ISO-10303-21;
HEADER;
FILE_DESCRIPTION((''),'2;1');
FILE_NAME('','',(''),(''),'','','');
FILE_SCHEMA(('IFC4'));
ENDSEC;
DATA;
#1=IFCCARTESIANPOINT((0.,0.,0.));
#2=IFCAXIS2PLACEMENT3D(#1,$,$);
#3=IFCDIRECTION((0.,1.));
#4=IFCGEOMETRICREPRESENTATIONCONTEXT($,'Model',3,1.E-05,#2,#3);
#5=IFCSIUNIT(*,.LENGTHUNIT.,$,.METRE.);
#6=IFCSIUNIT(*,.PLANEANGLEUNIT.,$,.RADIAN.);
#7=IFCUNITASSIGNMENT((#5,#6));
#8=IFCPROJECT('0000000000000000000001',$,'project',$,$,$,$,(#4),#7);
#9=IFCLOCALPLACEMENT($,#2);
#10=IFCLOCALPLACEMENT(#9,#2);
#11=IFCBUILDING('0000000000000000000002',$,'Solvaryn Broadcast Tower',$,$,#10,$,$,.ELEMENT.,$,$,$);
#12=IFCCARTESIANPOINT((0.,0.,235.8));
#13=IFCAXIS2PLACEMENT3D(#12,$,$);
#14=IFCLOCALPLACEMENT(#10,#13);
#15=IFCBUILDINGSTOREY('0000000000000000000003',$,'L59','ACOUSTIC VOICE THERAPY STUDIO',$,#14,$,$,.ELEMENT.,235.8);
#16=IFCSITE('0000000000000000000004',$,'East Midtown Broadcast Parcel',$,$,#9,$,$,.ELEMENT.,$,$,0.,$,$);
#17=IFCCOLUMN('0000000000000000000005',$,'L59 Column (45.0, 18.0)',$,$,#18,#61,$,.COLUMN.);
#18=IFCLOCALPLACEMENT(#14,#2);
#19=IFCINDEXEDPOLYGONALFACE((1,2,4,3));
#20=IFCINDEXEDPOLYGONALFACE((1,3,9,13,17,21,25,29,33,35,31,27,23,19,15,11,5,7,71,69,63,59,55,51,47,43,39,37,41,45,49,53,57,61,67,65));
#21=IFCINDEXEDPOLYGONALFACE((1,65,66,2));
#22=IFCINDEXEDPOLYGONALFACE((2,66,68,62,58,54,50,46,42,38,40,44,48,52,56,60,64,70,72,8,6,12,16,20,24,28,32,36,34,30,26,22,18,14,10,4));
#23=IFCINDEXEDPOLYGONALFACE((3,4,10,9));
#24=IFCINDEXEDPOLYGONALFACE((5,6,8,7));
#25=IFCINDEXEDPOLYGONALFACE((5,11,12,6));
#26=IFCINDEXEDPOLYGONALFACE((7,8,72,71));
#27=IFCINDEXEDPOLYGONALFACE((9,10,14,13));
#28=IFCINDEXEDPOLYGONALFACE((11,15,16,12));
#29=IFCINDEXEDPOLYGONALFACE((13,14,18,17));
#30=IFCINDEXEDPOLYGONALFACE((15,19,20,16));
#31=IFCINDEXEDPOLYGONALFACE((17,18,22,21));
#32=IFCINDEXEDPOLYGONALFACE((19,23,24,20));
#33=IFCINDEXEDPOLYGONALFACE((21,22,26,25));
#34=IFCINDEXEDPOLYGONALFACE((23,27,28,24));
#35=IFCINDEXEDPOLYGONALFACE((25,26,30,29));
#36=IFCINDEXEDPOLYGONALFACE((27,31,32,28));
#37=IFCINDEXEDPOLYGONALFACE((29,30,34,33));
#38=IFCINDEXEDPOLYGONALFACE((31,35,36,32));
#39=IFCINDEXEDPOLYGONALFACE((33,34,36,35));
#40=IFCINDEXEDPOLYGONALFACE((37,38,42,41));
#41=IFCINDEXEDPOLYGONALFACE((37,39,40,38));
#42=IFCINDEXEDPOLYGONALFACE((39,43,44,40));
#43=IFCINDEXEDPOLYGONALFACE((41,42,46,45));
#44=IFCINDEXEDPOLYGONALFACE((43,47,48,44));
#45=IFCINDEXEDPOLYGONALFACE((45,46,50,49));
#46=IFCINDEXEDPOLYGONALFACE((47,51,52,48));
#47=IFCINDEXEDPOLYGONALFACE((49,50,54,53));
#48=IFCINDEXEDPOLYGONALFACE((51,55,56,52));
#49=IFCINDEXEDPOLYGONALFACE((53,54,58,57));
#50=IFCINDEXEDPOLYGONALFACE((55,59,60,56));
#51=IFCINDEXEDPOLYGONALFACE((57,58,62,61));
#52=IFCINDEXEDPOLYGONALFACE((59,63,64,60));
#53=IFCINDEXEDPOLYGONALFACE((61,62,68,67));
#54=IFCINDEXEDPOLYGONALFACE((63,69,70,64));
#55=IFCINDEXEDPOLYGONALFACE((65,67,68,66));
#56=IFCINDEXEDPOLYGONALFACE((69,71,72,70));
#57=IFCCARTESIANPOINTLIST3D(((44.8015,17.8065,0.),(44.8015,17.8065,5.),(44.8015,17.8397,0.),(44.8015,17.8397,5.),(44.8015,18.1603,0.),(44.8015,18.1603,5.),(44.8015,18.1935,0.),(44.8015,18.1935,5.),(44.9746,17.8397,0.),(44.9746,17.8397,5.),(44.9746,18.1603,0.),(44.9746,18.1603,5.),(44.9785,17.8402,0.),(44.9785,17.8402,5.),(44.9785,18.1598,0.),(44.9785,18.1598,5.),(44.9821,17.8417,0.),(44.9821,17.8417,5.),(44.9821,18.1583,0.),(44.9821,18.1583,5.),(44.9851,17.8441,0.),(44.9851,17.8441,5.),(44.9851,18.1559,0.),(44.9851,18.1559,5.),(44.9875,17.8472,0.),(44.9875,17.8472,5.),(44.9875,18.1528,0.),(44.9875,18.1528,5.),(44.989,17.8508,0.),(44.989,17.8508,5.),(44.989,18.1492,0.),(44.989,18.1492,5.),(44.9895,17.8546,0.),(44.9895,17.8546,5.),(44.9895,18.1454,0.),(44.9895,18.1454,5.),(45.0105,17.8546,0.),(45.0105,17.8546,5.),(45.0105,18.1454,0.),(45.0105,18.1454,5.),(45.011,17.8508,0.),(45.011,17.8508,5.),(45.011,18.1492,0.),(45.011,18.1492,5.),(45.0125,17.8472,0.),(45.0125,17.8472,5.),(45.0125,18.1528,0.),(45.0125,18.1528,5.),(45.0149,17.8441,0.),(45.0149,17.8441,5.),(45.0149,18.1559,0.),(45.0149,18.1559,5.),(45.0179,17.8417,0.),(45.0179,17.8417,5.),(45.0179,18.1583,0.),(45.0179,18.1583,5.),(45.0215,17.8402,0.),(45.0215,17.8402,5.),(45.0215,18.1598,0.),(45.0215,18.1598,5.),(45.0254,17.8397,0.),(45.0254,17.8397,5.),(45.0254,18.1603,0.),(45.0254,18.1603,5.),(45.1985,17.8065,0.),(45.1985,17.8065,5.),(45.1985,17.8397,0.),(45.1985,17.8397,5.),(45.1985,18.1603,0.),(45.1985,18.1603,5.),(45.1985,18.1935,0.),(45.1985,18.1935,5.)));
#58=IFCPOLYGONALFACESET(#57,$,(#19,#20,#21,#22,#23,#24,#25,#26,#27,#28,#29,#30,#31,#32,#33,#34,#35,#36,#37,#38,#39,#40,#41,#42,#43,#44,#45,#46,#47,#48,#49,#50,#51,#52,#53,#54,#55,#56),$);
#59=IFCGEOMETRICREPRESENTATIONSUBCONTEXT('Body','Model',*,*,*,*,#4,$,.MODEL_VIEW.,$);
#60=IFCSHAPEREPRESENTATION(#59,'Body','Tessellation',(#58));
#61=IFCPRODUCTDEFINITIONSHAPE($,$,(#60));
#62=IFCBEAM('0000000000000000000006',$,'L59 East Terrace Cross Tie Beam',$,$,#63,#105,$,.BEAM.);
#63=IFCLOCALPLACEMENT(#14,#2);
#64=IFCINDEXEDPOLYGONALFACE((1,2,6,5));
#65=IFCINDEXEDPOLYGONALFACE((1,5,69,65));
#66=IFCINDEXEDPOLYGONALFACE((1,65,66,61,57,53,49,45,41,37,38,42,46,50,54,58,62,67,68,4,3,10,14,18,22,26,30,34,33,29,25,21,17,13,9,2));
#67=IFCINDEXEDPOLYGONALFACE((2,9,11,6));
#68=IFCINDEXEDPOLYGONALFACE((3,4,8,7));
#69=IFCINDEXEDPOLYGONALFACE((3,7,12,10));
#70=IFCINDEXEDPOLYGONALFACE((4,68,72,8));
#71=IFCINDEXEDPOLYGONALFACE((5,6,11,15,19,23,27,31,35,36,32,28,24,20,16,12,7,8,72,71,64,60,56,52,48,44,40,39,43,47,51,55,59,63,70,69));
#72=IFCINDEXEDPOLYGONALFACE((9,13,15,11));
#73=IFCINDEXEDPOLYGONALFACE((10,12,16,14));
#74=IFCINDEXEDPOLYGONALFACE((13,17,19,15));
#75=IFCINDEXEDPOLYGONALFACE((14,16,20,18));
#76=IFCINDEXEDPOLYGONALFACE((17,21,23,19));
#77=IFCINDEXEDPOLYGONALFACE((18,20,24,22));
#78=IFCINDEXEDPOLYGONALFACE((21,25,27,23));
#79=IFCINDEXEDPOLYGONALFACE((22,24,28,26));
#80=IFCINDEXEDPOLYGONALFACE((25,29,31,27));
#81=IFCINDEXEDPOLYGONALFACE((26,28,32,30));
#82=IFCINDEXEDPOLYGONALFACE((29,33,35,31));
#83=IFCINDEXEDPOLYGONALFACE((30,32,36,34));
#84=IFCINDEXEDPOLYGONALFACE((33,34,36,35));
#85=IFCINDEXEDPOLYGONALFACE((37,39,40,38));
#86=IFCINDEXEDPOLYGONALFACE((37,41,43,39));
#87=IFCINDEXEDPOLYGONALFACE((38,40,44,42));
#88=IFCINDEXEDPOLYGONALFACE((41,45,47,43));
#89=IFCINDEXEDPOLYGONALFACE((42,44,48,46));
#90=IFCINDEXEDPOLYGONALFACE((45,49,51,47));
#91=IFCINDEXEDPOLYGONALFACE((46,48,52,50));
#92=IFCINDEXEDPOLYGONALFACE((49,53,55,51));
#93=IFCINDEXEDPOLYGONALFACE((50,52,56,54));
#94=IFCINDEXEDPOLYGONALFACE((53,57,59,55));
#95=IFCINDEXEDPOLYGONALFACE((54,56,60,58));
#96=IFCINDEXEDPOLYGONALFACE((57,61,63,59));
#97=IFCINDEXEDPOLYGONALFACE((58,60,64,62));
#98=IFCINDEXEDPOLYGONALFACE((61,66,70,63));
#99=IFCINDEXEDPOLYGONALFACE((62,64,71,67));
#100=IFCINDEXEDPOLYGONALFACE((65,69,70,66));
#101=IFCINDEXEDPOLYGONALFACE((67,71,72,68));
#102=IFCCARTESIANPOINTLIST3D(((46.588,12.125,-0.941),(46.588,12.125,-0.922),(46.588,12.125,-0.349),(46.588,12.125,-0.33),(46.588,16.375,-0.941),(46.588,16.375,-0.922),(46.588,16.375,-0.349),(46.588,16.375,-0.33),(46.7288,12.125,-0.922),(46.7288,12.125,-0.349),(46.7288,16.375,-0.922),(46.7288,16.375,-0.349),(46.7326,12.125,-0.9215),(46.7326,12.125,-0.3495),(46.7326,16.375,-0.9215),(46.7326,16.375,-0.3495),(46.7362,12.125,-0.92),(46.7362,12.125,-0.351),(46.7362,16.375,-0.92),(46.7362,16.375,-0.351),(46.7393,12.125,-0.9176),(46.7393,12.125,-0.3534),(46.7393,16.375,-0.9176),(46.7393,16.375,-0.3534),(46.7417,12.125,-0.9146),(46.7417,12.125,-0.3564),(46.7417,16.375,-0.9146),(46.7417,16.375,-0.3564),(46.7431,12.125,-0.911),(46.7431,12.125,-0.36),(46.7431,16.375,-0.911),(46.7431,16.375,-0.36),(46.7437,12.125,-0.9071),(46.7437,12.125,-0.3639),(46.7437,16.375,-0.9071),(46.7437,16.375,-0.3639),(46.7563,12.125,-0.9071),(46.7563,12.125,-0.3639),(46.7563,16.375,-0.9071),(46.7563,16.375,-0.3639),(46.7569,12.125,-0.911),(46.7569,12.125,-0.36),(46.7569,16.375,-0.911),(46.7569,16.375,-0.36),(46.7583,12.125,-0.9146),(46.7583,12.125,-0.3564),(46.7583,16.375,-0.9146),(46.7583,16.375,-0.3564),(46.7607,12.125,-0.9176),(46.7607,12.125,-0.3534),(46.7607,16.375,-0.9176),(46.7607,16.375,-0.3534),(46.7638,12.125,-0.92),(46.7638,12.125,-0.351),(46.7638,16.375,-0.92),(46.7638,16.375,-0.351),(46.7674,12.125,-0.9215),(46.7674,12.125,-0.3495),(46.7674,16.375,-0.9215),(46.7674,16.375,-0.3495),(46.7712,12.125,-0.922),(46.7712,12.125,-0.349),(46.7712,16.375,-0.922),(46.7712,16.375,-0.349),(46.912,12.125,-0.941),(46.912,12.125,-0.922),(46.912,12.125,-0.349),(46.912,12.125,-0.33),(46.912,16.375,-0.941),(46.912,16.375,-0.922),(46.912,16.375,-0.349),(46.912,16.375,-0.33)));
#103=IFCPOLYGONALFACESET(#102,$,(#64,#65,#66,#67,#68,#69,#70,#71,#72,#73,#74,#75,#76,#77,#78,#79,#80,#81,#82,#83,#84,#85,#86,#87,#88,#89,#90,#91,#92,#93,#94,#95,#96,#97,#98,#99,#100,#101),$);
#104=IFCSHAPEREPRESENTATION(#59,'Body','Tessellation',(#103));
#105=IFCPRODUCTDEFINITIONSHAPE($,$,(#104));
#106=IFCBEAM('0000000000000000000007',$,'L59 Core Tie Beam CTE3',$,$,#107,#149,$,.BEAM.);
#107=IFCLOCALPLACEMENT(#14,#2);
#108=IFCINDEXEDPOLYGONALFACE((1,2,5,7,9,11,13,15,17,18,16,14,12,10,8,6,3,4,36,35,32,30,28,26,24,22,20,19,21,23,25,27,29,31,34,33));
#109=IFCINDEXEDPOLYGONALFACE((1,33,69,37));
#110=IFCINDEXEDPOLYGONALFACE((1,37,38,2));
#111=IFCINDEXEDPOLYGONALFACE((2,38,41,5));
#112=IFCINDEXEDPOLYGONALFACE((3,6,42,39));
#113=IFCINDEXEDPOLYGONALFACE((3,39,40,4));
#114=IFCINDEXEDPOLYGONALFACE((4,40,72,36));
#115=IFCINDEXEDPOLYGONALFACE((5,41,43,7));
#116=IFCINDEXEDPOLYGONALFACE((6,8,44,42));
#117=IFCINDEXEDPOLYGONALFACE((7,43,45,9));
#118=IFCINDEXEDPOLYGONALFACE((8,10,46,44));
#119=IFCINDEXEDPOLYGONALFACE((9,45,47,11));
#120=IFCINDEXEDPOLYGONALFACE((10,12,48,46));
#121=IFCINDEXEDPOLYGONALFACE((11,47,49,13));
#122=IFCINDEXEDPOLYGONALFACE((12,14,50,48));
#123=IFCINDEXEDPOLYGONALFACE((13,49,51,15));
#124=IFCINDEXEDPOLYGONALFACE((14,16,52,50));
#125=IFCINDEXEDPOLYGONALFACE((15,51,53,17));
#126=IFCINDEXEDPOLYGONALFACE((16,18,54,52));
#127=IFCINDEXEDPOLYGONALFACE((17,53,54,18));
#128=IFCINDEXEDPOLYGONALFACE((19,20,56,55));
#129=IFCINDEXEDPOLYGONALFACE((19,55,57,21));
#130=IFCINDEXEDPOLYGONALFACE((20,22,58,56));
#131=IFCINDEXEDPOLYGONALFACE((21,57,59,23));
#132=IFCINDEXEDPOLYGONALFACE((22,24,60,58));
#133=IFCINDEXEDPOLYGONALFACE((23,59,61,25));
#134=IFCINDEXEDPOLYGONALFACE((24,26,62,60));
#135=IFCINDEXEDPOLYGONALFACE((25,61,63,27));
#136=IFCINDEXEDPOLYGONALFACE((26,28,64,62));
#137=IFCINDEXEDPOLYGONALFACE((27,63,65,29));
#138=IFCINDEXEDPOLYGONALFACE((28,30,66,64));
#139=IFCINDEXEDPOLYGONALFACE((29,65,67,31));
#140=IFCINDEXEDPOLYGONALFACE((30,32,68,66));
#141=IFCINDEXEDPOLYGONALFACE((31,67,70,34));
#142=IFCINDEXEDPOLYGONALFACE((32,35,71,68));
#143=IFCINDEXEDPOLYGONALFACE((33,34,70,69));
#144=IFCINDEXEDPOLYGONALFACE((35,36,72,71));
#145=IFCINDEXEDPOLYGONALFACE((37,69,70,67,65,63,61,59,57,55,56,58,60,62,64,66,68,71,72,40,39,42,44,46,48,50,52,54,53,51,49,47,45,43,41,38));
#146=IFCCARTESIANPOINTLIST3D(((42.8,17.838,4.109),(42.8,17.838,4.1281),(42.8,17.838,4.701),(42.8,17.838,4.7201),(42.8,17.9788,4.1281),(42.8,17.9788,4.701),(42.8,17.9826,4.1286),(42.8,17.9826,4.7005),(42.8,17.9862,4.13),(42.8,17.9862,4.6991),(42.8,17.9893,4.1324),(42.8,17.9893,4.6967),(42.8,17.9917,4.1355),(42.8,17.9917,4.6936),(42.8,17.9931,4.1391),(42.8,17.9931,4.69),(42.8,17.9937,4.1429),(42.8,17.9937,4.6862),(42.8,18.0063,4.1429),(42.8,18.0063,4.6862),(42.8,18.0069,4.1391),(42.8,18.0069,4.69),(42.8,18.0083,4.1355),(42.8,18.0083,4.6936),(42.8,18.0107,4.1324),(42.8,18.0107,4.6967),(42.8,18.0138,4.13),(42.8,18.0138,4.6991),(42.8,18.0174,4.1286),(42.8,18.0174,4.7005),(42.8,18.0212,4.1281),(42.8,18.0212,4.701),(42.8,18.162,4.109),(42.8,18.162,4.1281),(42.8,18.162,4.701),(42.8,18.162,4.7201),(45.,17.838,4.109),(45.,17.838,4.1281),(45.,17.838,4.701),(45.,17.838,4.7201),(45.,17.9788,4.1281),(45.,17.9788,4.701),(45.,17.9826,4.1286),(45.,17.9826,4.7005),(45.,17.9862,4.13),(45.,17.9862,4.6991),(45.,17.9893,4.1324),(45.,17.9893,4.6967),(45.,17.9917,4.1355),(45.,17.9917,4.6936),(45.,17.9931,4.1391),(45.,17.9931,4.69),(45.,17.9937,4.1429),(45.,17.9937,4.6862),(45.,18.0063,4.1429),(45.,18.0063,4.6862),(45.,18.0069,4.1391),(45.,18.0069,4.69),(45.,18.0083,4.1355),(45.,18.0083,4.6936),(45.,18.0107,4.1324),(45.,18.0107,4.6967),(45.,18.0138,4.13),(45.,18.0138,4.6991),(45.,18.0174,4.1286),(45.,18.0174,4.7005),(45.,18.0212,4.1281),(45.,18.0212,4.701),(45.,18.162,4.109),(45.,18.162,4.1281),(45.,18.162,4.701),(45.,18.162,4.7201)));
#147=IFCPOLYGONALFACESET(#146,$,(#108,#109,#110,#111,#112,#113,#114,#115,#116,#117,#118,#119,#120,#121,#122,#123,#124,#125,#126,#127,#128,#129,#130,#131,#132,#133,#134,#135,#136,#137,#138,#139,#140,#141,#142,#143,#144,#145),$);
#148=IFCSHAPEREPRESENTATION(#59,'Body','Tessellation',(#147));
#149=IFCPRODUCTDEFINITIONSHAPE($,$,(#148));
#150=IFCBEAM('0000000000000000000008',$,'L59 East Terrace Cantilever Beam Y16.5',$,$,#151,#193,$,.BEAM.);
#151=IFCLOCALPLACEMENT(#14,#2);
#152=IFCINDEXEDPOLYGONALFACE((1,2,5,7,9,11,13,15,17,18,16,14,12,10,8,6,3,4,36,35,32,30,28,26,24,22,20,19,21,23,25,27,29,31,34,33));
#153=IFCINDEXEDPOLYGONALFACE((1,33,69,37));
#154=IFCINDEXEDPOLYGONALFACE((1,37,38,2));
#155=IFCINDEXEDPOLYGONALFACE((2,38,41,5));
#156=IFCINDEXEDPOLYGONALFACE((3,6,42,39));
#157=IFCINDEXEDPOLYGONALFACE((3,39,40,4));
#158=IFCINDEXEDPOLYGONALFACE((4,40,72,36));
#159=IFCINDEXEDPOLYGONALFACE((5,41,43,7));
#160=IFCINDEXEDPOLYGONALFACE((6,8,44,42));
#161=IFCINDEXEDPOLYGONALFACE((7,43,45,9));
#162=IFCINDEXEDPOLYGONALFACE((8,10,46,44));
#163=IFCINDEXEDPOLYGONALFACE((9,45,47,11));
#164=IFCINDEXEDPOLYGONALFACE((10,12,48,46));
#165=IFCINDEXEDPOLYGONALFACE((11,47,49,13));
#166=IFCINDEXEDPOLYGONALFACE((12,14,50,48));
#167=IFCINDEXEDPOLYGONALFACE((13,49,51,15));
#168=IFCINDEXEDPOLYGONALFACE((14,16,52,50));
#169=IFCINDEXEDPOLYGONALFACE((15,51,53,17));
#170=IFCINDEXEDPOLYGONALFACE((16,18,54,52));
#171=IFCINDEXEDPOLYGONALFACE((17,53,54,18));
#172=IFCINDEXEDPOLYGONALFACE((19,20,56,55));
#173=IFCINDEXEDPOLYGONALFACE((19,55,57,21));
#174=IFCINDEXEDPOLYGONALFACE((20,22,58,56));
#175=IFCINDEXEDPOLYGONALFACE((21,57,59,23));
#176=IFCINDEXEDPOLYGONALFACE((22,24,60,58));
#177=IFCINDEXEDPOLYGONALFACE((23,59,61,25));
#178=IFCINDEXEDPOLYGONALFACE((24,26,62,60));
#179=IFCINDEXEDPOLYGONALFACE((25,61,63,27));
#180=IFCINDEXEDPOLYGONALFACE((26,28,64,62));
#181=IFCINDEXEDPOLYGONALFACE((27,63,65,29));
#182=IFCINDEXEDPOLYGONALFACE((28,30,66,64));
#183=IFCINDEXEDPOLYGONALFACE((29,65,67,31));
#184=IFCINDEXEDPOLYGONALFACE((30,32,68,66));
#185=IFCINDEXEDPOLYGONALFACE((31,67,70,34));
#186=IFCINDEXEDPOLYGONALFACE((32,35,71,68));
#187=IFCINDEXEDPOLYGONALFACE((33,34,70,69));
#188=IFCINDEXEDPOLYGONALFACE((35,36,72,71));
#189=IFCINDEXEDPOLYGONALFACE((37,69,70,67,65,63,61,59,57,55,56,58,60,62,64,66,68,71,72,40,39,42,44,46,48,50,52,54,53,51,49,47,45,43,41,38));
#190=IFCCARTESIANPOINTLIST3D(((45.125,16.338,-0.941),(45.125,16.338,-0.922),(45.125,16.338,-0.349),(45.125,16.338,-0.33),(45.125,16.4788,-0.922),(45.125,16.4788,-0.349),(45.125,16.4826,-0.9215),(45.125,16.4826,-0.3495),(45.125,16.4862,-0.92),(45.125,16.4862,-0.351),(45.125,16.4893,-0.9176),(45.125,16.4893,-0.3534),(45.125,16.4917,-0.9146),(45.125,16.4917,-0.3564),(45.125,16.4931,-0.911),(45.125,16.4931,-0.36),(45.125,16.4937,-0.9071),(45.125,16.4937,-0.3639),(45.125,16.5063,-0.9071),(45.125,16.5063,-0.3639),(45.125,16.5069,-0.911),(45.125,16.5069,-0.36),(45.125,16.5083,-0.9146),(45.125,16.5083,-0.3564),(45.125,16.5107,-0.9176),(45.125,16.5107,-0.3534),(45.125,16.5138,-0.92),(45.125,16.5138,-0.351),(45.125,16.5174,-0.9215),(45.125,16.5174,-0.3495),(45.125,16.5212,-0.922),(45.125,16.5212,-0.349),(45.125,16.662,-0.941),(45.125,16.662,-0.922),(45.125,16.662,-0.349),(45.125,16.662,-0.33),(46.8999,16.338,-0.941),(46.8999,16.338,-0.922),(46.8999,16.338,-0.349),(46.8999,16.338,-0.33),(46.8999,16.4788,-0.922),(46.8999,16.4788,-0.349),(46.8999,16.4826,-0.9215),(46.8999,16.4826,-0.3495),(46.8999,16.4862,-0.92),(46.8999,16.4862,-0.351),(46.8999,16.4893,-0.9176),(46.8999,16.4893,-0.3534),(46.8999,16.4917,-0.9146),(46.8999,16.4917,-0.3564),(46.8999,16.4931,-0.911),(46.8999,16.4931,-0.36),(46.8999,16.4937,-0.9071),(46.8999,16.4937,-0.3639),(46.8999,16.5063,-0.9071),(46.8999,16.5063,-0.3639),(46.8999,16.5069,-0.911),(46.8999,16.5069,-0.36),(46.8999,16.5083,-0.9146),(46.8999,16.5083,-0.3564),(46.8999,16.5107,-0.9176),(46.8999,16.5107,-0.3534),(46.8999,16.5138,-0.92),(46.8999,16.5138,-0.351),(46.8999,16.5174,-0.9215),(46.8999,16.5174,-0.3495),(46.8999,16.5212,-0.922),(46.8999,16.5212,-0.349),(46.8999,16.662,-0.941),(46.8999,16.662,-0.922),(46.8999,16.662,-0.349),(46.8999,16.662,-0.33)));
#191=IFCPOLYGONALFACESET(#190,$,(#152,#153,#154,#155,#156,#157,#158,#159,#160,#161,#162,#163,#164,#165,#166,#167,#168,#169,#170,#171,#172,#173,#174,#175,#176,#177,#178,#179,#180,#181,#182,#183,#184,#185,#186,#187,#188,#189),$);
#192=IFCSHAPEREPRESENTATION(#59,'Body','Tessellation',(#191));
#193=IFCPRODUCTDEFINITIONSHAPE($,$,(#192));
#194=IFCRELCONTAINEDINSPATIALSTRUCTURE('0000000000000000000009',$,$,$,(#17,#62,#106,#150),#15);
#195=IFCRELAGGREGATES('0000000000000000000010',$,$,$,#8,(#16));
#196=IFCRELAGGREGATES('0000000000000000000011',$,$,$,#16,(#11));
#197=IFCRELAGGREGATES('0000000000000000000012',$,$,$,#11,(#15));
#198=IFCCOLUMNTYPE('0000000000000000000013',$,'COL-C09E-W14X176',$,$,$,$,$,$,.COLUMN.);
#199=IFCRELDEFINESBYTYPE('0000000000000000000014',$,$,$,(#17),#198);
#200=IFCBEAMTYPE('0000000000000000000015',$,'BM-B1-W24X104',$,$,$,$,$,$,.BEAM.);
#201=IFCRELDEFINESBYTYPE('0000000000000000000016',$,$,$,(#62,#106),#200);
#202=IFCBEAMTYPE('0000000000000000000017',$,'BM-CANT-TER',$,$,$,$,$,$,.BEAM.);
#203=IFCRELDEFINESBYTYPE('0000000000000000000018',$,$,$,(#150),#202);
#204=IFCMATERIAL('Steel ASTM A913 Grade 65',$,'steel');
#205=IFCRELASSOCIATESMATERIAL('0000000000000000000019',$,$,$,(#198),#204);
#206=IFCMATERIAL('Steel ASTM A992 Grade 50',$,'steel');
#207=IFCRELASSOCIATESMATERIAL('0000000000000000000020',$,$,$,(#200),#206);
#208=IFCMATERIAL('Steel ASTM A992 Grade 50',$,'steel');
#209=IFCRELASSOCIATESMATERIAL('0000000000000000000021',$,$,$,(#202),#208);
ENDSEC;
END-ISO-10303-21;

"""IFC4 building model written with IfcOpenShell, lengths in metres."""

from ifc_helpers import new_model, si_unit, direction, frame, origin, origin_2d, place, context, subcontext, project, spatial, i_section, extrude, material, material_profile, profile_set, type_object, element, save


model = new_model("IFC4")

# Units and contexts
model_context = context("Model", 3, precision=1e-05, world=origin(), true_north=direction((0.0, 1.0)))
body_context = subcontext(model_context, "Body", "Model", "MODEL_VIEW")
ifc_project = project(units=[si_unit("LENGTHUNIT", "METRE"), si_unit("PLANEANGLEUNIT", "RADIAN")], contexts=[model_context])

# Site, building, storey
site_placement = place(None, origin())
site = spatial("IfcSite", under=ifc_project, at=site_placement, Name="East Midtown Broadcast Parcel", CompositionType="ELEMENT", RefElevation=0.0)
building_placement = place(site_placement, origin())
building = spatial("IfcBuilding", under=site, at=building_placement, Name="Solvaryn Broadcast Tower", CompositionType="ELEMENT")
storey_placement = place(building_placement, frame((0.0, 0.0, 235.8)))
storey = spatial("IfcBuildingStorey", under=building, at=storey_placement, Name="L59", Description="ACOUSTIC VOICE THERAPY STUDIO", CompositionType="ELEMENT", Elevation=235.8)

# Column
ifc_material_1 = material(Name="Steel ASTM A913 Grade 65", Category="steel")
ifc_material_profile_1 = material_profile(ifc_material_1, i_section(OverallWidth=0.397, OverallDepth=0.387, WebThickness=0.021, FlangeThickness=0.0332, FilletRadius=0.0149, at=origin_2d()))
ifc_profile_set_1 = profile_set([ifc_material_profile_1], Name="Steel ASTM A913 Grade 65")
column_type = type_object("IfcColumnType", Name="COL-C09E-W14X176", PredefinedType="COLUMN", material=ifc_profile_set_1)
column_placement = place(storey_placement, frame((45.0, 18.0, 0.0), z_axis=(0.0, 0.0, 1.0), x_axis=(1.0, 0.0, 0.0)))
element("IfcColumn", 1, at=column_placement, inside=storey, type_object=column_type, Name="L59 Column (45.0, 18.0)", PredefinedType="COLUMN", context=body_context, shape_type="SweptSolid", body=[
    extrude(i_section(OverallWidth=0.397, OverallDepth=0.387, WebThickness=0.021, FlangeThickness=0.0332, FilletRadius=0.0149, at=origin_2d()), origin(), (0.0, 0.0, 1.0), 5.0),
])

# Beams
ifc_material_2 = material(Name="Steel ASTM A992 Grade 50", Category="steel")
ifc_material_profile_2 = material_profile(ifc_material_2, i_section(OverallWidth=0.324, OverallDepth=0.6111, WebThickness=0.0127, FlangeThickness=0.019, FilletRadius=0.0149, at=origin_2d()))
ifc_profile_set_2 = profile_set([ifc_material_profile_2], Name="Steel ASTM A992 Grade 50")
beam_type_1 = type_object("IfcBeamType", Name="BM-B1-W24X104", PredefinedType="BEAM", material=ifc_profile_set_2)
beam_1_placement = place(storey_placement, frame((46.75, 12.125, -0.6355), z_axis=(0.0, 1.0, 0.0), x_axis=(-1.0, 0.0, 0.0)))
element("IfcBeam", 2, at=beam_1_placement, inside=storey, type_object=beam_type_1, Name="L59 East Terrace Cross Tie Beam", PredefinedType="BEAM", context=body_context, shape_type="SweptSolid", body=[
    extrude(i_section(OverallWidth=0.324, OverallDepth=0.6111, WebThickness=0.0127, FlangeThickness=0.019, FilletRadius=0.0149, at=origin_2d()), origin(), (0.0, 0.0, 1.0), 4.25),
])
beam_2_placement = place(storey_placement, frame((42.8, 18.0, 4.4146), z_axis=(1.0, 0.0, 0.0), x_axis=(0.0, 1.0, 0.0)))
element("IfcBeam", 3, at=beam_2_placement, inside=storey, type_object=beam_type_1, Name="L59 Core Tie Beam CTE3", PredefinedType="BEAM", context=body_context, shape_type="SweptSolid", body=[
    extrude(i_section(OverallWidth=0.324, OverallDepth=0.6111, WebThickness=0.0127, FlangeThickness=0.019, FilletRadius=0.0149, at=origin_2d()), origin(), (0.0, 0.0, 1.0), 2.2),
])
ifc_material_3 = material(Name="Steel ASTM A992 Grade 50", Category="steel")
ifc_material_profile_3 = material_profile(ifc_material_3, i_section(OverallWidth=0.324, OverallDepth=0.6111, WebThickness=0.0127, FlangeThickness=0.019, FilletRadius=0.0149, at=origin_2d()))
ifc_profile_set_3 = profile_set([ifc_material_profile_3], Name="Steel ASTM A992 Grade 50")
beam_type_2 = type_object("IfcBeamType", Name="BM-CANT-TER", PredefinedType="BEAM", material=ifc_profile_set_3)
beam_3_placement = place(storey_placement, frame((45.125, 16.5, -0.6355), z_axis=(1.0, 0.0, 0.0), x_axis=(0.0, 1.0, 0.0)))
element("IfcBeam", 4, at=beam_3_placement, inside=storey, type_object=beam_type_2, Name="L59 East Terrace Cantilever Beam Y16.5", PredefinedType="BEAM", context=body_context, shape_type="SweptSolid", body=[
    extrude(i_section(OverallWidth=0.324, OverallDepth=0.6111, WebThickness=0.0127, FlangeThickness=0.019, FilletRadius=0.0149, at=origin_2d()), origin(), (0.0, 0.0, 1.0), 1.7749),
])

save(model, "model.ifc")
